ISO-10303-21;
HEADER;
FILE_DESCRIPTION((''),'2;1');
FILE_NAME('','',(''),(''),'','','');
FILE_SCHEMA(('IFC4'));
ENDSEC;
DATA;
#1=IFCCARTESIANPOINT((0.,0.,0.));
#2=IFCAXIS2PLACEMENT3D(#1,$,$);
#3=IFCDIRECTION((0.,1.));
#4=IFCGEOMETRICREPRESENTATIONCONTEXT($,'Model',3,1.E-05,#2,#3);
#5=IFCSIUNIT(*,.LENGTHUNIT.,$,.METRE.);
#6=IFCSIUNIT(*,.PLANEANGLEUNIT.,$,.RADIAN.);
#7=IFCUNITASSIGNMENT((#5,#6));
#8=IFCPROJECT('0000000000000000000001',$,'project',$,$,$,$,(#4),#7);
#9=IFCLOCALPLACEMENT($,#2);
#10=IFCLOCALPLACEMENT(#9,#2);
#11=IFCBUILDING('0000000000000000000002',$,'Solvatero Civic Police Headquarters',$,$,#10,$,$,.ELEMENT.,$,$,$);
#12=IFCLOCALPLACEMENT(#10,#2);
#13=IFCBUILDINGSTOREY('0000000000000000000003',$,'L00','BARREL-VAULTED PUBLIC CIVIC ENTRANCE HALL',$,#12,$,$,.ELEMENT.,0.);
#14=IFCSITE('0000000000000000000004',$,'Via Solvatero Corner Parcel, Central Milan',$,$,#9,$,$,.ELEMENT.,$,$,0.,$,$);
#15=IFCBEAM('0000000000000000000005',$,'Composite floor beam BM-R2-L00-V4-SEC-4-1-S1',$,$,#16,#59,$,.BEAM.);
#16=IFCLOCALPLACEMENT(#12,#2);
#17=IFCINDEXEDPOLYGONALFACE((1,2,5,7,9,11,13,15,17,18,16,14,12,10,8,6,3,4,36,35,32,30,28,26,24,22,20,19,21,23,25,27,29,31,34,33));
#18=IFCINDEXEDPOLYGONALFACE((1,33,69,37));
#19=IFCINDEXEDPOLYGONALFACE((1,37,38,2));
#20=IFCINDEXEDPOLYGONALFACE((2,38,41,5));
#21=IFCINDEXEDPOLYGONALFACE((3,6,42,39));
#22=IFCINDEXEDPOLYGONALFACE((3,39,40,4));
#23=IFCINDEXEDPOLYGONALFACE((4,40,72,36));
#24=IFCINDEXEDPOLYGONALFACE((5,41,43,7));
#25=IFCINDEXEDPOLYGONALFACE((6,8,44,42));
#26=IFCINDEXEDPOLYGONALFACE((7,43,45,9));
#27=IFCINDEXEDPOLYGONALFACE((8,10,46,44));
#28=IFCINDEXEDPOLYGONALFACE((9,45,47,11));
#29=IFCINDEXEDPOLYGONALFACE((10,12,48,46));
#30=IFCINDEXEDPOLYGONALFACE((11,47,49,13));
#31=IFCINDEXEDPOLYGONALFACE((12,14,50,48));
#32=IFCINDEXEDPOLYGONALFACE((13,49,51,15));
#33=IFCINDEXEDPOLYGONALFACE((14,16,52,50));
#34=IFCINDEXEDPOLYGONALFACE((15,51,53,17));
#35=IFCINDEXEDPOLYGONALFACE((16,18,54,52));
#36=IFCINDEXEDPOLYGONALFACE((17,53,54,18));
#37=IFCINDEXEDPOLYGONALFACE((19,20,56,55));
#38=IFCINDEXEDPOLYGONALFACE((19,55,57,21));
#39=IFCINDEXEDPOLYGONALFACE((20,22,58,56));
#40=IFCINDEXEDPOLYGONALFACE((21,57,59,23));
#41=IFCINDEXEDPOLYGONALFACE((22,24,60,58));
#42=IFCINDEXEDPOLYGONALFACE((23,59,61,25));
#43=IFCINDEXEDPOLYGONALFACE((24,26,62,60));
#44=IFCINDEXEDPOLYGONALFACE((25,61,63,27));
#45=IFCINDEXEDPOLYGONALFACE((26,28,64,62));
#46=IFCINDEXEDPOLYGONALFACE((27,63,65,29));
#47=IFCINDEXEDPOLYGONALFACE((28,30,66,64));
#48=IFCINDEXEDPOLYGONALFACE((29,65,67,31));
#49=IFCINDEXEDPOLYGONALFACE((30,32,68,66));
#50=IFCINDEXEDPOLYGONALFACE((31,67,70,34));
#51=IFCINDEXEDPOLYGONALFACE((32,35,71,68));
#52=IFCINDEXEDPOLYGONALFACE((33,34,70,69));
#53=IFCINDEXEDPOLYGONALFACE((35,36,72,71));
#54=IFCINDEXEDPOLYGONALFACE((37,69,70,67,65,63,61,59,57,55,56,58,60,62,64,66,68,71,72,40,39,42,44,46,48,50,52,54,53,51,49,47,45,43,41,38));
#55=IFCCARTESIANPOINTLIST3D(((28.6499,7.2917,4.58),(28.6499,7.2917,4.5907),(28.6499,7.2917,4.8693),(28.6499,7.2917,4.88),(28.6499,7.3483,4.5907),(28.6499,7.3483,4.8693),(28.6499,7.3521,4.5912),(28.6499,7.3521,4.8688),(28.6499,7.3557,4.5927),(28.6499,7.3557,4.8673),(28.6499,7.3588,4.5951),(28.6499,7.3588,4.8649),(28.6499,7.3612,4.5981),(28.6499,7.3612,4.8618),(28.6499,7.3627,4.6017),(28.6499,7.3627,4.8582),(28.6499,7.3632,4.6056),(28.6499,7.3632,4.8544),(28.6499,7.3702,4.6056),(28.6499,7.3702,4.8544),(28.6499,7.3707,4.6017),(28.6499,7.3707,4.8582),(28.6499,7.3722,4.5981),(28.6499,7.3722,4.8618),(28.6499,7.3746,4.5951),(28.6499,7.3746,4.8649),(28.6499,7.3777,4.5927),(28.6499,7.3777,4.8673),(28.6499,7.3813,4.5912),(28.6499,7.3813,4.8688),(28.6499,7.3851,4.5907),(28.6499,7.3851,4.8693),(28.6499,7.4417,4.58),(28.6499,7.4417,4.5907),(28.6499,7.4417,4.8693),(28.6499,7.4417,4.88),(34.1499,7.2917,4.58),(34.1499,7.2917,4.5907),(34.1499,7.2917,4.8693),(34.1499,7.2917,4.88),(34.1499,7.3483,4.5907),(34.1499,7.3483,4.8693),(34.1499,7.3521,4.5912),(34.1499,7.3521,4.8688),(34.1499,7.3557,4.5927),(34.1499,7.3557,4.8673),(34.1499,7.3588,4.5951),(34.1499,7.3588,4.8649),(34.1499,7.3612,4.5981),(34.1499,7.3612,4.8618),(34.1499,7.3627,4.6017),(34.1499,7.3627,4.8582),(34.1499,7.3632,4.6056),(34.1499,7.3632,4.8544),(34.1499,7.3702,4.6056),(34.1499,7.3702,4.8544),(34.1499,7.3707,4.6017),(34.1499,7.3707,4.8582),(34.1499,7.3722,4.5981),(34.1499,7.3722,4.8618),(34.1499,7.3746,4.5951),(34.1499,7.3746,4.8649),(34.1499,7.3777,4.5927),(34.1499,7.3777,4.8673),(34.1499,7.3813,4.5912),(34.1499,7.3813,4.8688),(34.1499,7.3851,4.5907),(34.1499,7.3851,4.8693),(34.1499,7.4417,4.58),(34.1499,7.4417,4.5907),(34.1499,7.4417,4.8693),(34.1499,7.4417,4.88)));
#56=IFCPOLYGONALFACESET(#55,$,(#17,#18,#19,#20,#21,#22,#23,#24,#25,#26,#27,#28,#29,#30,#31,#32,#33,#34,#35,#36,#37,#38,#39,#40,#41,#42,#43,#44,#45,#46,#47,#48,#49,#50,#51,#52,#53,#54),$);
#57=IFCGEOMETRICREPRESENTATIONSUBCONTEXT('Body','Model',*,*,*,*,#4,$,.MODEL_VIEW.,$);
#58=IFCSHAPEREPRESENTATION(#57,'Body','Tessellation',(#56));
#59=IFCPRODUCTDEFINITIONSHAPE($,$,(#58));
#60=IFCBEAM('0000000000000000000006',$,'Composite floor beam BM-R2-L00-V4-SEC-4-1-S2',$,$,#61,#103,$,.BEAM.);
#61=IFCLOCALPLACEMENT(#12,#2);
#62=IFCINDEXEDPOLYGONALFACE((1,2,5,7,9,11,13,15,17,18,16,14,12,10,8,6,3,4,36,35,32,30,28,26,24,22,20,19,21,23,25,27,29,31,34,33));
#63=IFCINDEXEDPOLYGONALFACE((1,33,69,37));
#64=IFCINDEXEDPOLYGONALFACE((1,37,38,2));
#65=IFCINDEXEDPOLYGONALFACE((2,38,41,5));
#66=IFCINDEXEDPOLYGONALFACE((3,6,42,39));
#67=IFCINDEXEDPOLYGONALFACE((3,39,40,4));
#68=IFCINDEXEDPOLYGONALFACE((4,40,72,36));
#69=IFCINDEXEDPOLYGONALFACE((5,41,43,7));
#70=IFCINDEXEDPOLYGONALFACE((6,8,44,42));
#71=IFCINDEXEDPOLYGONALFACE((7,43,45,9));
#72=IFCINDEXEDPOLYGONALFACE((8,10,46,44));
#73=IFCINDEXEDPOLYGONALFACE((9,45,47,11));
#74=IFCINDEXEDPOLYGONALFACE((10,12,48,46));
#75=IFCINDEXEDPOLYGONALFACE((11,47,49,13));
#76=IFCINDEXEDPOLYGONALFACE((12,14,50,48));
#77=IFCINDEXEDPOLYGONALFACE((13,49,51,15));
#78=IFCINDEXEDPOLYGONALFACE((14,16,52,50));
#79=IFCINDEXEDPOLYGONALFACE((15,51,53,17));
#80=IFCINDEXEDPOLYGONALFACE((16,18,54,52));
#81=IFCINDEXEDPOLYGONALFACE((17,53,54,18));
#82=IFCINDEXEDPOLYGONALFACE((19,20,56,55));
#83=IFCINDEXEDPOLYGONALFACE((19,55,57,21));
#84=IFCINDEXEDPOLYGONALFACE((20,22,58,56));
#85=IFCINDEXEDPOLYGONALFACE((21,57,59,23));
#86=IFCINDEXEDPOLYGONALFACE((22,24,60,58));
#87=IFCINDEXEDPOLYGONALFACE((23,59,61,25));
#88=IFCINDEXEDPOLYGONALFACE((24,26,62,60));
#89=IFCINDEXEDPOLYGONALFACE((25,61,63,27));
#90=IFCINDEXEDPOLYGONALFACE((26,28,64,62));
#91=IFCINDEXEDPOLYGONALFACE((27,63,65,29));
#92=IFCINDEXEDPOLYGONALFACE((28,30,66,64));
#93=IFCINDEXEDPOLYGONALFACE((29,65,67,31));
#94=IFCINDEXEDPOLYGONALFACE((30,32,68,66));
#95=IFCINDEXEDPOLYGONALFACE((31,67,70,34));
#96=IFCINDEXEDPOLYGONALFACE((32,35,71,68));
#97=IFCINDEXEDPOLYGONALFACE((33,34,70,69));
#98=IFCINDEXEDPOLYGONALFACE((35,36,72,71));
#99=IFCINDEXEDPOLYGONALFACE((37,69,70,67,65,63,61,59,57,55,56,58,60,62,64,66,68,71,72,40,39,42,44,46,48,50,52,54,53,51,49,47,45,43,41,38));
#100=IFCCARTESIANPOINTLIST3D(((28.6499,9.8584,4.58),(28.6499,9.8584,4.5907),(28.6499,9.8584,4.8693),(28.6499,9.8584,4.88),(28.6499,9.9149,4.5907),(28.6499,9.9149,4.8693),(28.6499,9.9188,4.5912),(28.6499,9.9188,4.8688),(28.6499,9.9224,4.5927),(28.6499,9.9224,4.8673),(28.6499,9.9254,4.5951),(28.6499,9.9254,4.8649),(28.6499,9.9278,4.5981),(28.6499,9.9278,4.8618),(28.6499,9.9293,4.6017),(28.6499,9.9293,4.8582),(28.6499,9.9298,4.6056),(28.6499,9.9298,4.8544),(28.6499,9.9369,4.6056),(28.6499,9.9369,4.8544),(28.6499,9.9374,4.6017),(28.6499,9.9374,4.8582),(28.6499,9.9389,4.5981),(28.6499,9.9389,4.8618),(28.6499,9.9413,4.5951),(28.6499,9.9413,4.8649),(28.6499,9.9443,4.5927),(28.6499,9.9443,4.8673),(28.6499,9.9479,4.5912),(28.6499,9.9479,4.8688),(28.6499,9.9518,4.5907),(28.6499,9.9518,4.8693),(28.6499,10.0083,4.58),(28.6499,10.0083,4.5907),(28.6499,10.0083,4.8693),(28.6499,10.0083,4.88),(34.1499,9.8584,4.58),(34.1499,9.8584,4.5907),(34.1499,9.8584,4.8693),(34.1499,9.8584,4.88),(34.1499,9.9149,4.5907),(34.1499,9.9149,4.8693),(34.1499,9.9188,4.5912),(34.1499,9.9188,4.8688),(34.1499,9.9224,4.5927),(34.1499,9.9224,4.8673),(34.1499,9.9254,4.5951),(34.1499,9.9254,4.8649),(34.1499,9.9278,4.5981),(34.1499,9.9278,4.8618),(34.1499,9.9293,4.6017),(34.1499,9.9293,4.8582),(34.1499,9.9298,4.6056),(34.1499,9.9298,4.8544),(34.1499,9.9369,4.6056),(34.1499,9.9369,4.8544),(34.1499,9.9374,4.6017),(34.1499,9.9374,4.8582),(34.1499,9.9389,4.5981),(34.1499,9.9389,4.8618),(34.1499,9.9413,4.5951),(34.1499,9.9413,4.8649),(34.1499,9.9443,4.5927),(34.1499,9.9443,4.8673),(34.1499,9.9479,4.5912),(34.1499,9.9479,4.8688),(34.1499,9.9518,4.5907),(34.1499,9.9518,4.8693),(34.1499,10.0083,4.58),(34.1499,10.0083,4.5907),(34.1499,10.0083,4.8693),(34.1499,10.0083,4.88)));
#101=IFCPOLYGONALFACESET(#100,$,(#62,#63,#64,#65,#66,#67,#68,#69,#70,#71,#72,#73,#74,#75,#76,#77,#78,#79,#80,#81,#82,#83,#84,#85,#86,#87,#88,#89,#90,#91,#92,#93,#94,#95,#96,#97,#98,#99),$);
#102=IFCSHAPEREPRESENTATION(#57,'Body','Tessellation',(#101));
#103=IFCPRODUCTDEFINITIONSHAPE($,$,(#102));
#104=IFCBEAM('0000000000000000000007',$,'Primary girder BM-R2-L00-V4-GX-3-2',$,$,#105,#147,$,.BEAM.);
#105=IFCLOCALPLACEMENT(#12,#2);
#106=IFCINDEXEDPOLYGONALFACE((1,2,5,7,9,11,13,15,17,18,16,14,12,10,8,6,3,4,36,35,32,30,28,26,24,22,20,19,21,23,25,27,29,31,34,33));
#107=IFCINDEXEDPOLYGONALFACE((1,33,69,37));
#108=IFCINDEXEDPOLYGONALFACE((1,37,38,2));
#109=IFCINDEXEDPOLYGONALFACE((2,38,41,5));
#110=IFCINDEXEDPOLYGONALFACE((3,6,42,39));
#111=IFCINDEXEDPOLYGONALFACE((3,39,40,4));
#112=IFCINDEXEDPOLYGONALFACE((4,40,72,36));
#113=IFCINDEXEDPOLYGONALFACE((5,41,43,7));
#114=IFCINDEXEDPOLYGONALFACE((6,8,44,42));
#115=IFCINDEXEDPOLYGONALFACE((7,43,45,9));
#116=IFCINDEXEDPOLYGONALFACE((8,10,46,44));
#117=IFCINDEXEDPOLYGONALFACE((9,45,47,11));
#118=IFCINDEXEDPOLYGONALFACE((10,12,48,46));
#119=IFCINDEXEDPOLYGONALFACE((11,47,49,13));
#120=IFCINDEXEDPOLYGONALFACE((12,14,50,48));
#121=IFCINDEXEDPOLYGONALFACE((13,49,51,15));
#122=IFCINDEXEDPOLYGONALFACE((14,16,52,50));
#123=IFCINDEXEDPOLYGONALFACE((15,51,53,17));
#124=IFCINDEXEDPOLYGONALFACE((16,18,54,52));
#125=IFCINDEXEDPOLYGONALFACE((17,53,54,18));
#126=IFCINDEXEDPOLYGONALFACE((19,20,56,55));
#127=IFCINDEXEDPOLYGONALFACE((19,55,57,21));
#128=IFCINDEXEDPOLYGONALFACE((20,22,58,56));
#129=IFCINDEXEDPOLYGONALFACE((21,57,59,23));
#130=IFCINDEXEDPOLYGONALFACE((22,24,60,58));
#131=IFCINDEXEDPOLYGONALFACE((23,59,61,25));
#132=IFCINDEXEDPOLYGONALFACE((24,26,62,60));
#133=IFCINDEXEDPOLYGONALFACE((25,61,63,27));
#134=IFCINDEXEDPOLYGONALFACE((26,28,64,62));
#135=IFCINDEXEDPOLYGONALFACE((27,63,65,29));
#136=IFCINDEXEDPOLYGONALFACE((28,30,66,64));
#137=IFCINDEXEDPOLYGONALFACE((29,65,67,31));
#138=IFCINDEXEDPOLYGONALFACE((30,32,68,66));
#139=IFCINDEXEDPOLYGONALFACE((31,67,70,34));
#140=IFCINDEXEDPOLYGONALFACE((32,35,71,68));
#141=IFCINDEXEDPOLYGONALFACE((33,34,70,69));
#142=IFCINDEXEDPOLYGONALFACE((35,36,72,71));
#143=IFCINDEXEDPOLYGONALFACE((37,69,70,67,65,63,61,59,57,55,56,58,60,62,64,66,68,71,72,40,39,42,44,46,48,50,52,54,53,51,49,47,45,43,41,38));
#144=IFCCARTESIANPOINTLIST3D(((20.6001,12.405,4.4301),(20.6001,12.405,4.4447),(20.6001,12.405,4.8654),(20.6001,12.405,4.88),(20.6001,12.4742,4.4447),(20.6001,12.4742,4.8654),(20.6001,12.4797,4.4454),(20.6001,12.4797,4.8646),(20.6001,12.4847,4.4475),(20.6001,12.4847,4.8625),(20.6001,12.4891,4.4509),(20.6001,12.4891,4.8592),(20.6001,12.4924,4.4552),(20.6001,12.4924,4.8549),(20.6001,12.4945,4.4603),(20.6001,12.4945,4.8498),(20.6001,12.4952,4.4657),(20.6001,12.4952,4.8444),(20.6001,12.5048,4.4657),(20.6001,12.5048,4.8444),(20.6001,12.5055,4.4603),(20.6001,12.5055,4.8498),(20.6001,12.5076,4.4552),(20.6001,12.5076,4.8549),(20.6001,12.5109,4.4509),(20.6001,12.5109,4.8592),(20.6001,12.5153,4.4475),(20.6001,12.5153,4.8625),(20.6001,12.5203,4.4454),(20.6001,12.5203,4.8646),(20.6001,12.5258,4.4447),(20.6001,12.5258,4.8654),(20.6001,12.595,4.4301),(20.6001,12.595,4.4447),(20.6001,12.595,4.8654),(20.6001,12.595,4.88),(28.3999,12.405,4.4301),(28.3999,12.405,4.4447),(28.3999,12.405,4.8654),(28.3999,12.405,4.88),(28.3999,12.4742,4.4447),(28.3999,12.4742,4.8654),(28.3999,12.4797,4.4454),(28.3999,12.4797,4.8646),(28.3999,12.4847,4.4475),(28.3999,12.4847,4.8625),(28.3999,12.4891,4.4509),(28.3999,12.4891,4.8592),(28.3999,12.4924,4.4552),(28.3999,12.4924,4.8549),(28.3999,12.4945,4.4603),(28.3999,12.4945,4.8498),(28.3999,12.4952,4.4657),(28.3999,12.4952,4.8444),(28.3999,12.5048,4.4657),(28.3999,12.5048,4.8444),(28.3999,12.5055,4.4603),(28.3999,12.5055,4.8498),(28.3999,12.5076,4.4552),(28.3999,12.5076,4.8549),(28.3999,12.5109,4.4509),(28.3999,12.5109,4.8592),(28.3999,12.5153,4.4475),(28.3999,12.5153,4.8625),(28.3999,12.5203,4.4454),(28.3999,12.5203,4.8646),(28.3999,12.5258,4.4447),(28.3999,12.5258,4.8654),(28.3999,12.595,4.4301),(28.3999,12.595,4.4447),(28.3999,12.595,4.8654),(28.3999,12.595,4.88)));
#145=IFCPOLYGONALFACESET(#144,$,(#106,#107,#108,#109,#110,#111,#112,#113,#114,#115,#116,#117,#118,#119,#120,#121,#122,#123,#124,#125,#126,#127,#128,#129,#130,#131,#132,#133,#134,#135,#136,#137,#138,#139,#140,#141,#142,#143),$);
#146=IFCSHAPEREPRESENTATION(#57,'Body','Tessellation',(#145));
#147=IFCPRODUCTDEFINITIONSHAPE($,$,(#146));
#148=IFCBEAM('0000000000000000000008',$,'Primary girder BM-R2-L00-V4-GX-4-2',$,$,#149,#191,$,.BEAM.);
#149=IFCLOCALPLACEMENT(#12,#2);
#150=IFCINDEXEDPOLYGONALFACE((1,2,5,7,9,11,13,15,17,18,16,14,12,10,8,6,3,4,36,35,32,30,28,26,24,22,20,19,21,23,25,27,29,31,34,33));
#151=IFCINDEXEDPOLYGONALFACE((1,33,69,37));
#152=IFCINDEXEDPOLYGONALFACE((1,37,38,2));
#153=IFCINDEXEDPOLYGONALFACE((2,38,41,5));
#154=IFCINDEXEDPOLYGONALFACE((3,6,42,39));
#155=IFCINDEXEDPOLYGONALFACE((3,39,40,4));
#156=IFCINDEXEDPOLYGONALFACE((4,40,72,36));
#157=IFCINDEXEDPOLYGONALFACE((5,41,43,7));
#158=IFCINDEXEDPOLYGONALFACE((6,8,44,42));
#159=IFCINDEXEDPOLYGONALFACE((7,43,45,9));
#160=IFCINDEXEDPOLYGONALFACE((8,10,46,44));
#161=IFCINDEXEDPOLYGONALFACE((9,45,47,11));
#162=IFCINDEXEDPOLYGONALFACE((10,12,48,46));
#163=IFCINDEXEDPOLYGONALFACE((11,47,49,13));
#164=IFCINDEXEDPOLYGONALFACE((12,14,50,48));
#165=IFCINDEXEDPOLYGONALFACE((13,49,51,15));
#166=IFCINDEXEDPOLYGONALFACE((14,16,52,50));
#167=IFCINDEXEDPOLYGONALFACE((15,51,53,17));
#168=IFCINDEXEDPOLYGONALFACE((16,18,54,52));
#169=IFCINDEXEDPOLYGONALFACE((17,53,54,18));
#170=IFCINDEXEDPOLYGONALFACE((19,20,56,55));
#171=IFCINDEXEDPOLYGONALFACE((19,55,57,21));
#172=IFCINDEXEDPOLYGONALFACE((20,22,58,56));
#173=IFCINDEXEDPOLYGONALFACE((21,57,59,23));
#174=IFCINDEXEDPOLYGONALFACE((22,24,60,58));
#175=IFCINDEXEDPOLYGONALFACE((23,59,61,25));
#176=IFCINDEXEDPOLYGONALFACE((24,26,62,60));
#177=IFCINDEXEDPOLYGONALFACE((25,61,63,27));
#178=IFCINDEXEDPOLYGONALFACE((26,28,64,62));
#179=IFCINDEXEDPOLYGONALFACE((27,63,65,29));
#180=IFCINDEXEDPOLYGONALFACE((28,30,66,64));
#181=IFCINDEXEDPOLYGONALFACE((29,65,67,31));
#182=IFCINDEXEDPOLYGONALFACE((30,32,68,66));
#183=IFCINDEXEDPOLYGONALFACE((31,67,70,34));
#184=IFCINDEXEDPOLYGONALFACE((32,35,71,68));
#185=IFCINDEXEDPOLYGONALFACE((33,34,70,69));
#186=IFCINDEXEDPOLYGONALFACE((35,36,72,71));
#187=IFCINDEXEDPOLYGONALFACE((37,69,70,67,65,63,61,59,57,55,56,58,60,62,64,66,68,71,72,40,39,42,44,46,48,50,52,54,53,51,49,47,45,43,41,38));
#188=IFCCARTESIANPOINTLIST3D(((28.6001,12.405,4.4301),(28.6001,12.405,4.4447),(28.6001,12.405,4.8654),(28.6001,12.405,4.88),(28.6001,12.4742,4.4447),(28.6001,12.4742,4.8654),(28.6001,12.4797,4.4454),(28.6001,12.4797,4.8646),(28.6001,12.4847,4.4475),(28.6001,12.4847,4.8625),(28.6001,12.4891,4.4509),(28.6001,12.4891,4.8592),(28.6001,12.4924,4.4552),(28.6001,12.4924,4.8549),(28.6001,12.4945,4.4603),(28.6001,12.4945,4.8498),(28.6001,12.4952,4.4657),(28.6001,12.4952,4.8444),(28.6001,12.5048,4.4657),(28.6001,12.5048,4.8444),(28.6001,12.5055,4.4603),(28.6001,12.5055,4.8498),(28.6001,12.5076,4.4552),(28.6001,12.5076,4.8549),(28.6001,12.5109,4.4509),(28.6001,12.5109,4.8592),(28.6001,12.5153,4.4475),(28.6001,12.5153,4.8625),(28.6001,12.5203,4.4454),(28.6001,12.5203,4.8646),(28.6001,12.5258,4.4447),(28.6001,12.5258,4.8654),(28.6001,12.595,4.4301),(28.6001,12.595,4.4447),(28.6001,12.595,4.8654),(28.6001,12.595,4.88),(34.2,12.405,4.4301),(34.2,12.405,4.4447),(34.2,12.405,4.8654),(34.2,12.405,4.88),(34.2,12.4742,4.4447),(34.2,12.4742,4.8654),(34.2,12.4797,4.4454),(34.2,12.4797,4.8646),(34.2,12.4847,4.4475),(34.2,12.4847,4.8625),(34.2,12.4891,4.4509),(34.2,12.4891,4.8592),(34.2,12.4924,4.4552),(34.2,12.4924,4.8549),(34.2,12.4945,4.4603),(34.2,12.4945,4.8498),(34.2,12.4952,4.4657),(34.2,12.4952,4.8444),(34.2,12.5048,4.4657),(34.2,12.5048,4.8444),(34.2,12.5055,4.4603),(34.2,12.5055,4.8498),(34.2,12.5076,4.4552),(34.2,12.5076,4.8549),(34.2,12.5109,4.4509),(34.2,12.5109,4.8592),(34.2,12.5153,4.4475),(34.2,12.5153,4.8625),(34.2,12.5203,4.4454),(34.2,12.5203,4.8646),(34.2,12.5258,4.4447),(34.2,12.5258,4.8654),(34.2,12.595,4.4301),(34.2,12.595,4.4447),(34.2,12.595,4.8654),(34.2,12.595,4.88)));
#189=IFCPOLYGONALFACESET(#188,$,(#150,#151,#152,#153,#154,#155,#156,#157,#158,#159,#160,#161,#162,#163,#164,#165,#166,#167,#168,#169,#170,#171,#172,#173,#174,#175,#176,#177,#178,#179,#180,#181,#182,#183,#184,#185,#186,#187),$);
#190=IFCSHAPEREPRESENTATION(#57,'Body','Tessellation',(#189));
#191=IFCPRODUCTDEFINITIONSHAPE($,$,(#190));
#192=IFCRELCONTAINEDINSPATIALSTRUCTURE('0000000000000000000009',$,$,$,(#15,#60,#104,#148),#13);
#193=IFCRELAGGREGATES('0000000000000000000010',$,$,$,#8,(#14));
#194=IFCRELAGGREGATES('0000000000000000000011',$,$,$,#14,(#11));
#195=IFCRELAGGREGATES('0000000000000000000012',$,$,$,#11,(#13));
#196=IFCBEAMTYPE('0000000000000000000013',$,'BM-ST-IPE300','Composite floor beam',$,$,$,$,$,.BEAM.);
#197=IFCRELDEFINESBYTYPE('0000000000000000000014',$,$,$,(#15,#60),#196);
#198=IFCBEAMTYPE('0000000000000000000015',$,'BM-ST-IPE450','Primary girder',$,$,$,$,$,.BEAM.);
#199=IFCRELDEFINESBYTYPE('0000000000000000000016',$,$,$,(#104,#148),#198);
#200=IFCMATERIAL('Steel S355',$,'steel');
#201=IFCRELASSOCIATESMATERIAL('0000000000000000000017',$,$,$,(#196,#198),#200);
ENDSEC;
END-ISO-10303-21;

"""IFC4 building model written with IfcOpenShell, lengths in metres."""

from ifc_helpers import new_model, si_unit, direction, frame, origin, origin_2d, place, context, subcontext, project, spatial, i_section, extrude, material, material_profile, profile_set, type_object, element, save


model = new_model("IFC4")

# Units and contexts
model_context = context("Model", 3, precision=1e-05, world=origin(), true_north=direction((0.0, 1.0)))
body_context = subcontext(model_context, "Body", "Model", "MODEL_VIEW")
ifc_project = project(units=[si_unit("LENGTHUNIT", "METRE"), si_unit("PLANEANGLEUNIT", "RADIAN")], contexts=[model_context])

# Site, building, storey
site_placement = place(None, origin())
site = spatial("IfcSite", under=ifc_project, at=site_placement, Name="Via Solvatero Corner Parcel, Central Milan", CompositionType="ELEMENT", RefElevation=0.0)
building_placement = place(site_placement, origin())
building = spatial("IfcBuilding", under=site, at=building_placement, Name="Solvatero Civic Police Headquarters", CompositionType="ELEMENT")
storey_placement = place(building_placement, origin())
storey = spatial("IfcBuildingStorey", under=building, at=storey_placement, Name="L00", Description="BARREL-VAULTED PUBLIC CIVIC ENTRANCE HALL", CompositionType="ELEMENT", Elevation=0.0)

# Beams
ifc_material_1 = material(Name="Steel S355", Category="steel")
ifc_material_profile_1 = material_profile(ifc_material_1, i_section(OverallWidth=0.1499, OverallDepth=0.3, WebThickness=0.0071, FlangeThickness=0.0107, FilletRadius=0.0149, at=origin_2d()), Name="IPE 300")
ifc_profile_set_1 = profile_set([ifc_material_profile_1], Name="Steel S355")
beam_type_1 = type_object("IfcBeamType", Name="BM-ST-IPE300", Description="Composite floor beam", PredefinedType="BEAM", material=ifc_profile_set_1)
for number, where, z_axis, x_axis, name in (
    (1, (28.6499, 7.3667, 4.73), (1.0, 0.0, 0.0), (0.0, 1.0, 0.0), "Composite floor beam BM-R2-L00-V4-SEC-4-1-S1"),
    (2, (28.6499, 9.9333, 4.73), (1.0, 0.0, 0.0), (0.0, 1.0, 0.0), "Composite floor beam BM-R2-L00-V4-SEC-4-1-S2"),
):
    element("IfcBeam", number, at=place(storey_placement, frame(where, z_axis=z_axis, x_axis=x_axis)), inside=storey, type_object=beam_type_1, Name=name, PredefinedType="BEAM", context=body_context, shape_type="SweptSolid", body=[
        extrude(i_section(OverallWidth=0.1499, OverallDepth=0.3, WebThickness=0.0071, FlangeThickness=0.0107, FilletRadius=0.0149, at=origin_2d()), origin(), (0.0, 0.0, 1.0), 5.5),
    ])
ifc_material_profile_2 = material_profile(ifc_material_1, i_section(OverallWidth=0.1899, OverallDepth=0.45, WebThickness=0.0095, FlangeThickness=0.0146, FilletRadius=0.021, at=origin_2d()), Name="IPE 450")
ifc_profile_set_2 = profile_set([ifc_material_profile_2], Name="Steel S355")
beam_type_2 = type_object("IfcBeamType", Name="BM-ST-IPE450", Description="Primary girder", PredefinedType="BEAM", material=ifc_profile_set_2)
beam_1_placement = place(storey_placement, frame((20.6001, 12.5, 4.655), z_axis=(1.0, 0.0, 0.0), x_axis=(0.0, 1.0, 0.0)))
element("IfcBeam", 3, at=beam_1_placement, inside=storey, type_object=beam_type_2, Name="Primary girder BM-R2-L00-V4-GX-3-2", PredefinedType="BEAM", context=body_context, shape_type="SweptSolid", body=[
    extrude(i_section(OverallWidth=0.1899, OverallDepth=0.45, WebThickness=0.0095, FlangeThickness=0.0146, FilletRadius=0.021, at=origin_2d()), origin(), (0.0, 0.0, 1.0), 7.7998),
])
beam_2_placement = place(storey_placement, frame((28.6001, 12.5, 4.655), z_axis=(1.0, 0.0, 0.0), x_axis=(0.0, 1.0, 0.0)))
element("IfcBeam", 4, at=beam_2_placement, inside=storey, type_object=beam_type_2, Name="Primary girder BM-R2-L00-V4-GX-4-2", PredefinedType="BEAM", context=body_context, shape_type="SweptSolid", body=[
    extrude(i_section(OverallWidth=0.1899, OverallDepth=0.45, WebThickness=0.0095, FlangeThickness=0.0146, FilletRadius=0.021, at=origin_2d()), origin(), (0.0, 0.0, 1.0), 5.5999),
])

save(model, "model.ifc")
